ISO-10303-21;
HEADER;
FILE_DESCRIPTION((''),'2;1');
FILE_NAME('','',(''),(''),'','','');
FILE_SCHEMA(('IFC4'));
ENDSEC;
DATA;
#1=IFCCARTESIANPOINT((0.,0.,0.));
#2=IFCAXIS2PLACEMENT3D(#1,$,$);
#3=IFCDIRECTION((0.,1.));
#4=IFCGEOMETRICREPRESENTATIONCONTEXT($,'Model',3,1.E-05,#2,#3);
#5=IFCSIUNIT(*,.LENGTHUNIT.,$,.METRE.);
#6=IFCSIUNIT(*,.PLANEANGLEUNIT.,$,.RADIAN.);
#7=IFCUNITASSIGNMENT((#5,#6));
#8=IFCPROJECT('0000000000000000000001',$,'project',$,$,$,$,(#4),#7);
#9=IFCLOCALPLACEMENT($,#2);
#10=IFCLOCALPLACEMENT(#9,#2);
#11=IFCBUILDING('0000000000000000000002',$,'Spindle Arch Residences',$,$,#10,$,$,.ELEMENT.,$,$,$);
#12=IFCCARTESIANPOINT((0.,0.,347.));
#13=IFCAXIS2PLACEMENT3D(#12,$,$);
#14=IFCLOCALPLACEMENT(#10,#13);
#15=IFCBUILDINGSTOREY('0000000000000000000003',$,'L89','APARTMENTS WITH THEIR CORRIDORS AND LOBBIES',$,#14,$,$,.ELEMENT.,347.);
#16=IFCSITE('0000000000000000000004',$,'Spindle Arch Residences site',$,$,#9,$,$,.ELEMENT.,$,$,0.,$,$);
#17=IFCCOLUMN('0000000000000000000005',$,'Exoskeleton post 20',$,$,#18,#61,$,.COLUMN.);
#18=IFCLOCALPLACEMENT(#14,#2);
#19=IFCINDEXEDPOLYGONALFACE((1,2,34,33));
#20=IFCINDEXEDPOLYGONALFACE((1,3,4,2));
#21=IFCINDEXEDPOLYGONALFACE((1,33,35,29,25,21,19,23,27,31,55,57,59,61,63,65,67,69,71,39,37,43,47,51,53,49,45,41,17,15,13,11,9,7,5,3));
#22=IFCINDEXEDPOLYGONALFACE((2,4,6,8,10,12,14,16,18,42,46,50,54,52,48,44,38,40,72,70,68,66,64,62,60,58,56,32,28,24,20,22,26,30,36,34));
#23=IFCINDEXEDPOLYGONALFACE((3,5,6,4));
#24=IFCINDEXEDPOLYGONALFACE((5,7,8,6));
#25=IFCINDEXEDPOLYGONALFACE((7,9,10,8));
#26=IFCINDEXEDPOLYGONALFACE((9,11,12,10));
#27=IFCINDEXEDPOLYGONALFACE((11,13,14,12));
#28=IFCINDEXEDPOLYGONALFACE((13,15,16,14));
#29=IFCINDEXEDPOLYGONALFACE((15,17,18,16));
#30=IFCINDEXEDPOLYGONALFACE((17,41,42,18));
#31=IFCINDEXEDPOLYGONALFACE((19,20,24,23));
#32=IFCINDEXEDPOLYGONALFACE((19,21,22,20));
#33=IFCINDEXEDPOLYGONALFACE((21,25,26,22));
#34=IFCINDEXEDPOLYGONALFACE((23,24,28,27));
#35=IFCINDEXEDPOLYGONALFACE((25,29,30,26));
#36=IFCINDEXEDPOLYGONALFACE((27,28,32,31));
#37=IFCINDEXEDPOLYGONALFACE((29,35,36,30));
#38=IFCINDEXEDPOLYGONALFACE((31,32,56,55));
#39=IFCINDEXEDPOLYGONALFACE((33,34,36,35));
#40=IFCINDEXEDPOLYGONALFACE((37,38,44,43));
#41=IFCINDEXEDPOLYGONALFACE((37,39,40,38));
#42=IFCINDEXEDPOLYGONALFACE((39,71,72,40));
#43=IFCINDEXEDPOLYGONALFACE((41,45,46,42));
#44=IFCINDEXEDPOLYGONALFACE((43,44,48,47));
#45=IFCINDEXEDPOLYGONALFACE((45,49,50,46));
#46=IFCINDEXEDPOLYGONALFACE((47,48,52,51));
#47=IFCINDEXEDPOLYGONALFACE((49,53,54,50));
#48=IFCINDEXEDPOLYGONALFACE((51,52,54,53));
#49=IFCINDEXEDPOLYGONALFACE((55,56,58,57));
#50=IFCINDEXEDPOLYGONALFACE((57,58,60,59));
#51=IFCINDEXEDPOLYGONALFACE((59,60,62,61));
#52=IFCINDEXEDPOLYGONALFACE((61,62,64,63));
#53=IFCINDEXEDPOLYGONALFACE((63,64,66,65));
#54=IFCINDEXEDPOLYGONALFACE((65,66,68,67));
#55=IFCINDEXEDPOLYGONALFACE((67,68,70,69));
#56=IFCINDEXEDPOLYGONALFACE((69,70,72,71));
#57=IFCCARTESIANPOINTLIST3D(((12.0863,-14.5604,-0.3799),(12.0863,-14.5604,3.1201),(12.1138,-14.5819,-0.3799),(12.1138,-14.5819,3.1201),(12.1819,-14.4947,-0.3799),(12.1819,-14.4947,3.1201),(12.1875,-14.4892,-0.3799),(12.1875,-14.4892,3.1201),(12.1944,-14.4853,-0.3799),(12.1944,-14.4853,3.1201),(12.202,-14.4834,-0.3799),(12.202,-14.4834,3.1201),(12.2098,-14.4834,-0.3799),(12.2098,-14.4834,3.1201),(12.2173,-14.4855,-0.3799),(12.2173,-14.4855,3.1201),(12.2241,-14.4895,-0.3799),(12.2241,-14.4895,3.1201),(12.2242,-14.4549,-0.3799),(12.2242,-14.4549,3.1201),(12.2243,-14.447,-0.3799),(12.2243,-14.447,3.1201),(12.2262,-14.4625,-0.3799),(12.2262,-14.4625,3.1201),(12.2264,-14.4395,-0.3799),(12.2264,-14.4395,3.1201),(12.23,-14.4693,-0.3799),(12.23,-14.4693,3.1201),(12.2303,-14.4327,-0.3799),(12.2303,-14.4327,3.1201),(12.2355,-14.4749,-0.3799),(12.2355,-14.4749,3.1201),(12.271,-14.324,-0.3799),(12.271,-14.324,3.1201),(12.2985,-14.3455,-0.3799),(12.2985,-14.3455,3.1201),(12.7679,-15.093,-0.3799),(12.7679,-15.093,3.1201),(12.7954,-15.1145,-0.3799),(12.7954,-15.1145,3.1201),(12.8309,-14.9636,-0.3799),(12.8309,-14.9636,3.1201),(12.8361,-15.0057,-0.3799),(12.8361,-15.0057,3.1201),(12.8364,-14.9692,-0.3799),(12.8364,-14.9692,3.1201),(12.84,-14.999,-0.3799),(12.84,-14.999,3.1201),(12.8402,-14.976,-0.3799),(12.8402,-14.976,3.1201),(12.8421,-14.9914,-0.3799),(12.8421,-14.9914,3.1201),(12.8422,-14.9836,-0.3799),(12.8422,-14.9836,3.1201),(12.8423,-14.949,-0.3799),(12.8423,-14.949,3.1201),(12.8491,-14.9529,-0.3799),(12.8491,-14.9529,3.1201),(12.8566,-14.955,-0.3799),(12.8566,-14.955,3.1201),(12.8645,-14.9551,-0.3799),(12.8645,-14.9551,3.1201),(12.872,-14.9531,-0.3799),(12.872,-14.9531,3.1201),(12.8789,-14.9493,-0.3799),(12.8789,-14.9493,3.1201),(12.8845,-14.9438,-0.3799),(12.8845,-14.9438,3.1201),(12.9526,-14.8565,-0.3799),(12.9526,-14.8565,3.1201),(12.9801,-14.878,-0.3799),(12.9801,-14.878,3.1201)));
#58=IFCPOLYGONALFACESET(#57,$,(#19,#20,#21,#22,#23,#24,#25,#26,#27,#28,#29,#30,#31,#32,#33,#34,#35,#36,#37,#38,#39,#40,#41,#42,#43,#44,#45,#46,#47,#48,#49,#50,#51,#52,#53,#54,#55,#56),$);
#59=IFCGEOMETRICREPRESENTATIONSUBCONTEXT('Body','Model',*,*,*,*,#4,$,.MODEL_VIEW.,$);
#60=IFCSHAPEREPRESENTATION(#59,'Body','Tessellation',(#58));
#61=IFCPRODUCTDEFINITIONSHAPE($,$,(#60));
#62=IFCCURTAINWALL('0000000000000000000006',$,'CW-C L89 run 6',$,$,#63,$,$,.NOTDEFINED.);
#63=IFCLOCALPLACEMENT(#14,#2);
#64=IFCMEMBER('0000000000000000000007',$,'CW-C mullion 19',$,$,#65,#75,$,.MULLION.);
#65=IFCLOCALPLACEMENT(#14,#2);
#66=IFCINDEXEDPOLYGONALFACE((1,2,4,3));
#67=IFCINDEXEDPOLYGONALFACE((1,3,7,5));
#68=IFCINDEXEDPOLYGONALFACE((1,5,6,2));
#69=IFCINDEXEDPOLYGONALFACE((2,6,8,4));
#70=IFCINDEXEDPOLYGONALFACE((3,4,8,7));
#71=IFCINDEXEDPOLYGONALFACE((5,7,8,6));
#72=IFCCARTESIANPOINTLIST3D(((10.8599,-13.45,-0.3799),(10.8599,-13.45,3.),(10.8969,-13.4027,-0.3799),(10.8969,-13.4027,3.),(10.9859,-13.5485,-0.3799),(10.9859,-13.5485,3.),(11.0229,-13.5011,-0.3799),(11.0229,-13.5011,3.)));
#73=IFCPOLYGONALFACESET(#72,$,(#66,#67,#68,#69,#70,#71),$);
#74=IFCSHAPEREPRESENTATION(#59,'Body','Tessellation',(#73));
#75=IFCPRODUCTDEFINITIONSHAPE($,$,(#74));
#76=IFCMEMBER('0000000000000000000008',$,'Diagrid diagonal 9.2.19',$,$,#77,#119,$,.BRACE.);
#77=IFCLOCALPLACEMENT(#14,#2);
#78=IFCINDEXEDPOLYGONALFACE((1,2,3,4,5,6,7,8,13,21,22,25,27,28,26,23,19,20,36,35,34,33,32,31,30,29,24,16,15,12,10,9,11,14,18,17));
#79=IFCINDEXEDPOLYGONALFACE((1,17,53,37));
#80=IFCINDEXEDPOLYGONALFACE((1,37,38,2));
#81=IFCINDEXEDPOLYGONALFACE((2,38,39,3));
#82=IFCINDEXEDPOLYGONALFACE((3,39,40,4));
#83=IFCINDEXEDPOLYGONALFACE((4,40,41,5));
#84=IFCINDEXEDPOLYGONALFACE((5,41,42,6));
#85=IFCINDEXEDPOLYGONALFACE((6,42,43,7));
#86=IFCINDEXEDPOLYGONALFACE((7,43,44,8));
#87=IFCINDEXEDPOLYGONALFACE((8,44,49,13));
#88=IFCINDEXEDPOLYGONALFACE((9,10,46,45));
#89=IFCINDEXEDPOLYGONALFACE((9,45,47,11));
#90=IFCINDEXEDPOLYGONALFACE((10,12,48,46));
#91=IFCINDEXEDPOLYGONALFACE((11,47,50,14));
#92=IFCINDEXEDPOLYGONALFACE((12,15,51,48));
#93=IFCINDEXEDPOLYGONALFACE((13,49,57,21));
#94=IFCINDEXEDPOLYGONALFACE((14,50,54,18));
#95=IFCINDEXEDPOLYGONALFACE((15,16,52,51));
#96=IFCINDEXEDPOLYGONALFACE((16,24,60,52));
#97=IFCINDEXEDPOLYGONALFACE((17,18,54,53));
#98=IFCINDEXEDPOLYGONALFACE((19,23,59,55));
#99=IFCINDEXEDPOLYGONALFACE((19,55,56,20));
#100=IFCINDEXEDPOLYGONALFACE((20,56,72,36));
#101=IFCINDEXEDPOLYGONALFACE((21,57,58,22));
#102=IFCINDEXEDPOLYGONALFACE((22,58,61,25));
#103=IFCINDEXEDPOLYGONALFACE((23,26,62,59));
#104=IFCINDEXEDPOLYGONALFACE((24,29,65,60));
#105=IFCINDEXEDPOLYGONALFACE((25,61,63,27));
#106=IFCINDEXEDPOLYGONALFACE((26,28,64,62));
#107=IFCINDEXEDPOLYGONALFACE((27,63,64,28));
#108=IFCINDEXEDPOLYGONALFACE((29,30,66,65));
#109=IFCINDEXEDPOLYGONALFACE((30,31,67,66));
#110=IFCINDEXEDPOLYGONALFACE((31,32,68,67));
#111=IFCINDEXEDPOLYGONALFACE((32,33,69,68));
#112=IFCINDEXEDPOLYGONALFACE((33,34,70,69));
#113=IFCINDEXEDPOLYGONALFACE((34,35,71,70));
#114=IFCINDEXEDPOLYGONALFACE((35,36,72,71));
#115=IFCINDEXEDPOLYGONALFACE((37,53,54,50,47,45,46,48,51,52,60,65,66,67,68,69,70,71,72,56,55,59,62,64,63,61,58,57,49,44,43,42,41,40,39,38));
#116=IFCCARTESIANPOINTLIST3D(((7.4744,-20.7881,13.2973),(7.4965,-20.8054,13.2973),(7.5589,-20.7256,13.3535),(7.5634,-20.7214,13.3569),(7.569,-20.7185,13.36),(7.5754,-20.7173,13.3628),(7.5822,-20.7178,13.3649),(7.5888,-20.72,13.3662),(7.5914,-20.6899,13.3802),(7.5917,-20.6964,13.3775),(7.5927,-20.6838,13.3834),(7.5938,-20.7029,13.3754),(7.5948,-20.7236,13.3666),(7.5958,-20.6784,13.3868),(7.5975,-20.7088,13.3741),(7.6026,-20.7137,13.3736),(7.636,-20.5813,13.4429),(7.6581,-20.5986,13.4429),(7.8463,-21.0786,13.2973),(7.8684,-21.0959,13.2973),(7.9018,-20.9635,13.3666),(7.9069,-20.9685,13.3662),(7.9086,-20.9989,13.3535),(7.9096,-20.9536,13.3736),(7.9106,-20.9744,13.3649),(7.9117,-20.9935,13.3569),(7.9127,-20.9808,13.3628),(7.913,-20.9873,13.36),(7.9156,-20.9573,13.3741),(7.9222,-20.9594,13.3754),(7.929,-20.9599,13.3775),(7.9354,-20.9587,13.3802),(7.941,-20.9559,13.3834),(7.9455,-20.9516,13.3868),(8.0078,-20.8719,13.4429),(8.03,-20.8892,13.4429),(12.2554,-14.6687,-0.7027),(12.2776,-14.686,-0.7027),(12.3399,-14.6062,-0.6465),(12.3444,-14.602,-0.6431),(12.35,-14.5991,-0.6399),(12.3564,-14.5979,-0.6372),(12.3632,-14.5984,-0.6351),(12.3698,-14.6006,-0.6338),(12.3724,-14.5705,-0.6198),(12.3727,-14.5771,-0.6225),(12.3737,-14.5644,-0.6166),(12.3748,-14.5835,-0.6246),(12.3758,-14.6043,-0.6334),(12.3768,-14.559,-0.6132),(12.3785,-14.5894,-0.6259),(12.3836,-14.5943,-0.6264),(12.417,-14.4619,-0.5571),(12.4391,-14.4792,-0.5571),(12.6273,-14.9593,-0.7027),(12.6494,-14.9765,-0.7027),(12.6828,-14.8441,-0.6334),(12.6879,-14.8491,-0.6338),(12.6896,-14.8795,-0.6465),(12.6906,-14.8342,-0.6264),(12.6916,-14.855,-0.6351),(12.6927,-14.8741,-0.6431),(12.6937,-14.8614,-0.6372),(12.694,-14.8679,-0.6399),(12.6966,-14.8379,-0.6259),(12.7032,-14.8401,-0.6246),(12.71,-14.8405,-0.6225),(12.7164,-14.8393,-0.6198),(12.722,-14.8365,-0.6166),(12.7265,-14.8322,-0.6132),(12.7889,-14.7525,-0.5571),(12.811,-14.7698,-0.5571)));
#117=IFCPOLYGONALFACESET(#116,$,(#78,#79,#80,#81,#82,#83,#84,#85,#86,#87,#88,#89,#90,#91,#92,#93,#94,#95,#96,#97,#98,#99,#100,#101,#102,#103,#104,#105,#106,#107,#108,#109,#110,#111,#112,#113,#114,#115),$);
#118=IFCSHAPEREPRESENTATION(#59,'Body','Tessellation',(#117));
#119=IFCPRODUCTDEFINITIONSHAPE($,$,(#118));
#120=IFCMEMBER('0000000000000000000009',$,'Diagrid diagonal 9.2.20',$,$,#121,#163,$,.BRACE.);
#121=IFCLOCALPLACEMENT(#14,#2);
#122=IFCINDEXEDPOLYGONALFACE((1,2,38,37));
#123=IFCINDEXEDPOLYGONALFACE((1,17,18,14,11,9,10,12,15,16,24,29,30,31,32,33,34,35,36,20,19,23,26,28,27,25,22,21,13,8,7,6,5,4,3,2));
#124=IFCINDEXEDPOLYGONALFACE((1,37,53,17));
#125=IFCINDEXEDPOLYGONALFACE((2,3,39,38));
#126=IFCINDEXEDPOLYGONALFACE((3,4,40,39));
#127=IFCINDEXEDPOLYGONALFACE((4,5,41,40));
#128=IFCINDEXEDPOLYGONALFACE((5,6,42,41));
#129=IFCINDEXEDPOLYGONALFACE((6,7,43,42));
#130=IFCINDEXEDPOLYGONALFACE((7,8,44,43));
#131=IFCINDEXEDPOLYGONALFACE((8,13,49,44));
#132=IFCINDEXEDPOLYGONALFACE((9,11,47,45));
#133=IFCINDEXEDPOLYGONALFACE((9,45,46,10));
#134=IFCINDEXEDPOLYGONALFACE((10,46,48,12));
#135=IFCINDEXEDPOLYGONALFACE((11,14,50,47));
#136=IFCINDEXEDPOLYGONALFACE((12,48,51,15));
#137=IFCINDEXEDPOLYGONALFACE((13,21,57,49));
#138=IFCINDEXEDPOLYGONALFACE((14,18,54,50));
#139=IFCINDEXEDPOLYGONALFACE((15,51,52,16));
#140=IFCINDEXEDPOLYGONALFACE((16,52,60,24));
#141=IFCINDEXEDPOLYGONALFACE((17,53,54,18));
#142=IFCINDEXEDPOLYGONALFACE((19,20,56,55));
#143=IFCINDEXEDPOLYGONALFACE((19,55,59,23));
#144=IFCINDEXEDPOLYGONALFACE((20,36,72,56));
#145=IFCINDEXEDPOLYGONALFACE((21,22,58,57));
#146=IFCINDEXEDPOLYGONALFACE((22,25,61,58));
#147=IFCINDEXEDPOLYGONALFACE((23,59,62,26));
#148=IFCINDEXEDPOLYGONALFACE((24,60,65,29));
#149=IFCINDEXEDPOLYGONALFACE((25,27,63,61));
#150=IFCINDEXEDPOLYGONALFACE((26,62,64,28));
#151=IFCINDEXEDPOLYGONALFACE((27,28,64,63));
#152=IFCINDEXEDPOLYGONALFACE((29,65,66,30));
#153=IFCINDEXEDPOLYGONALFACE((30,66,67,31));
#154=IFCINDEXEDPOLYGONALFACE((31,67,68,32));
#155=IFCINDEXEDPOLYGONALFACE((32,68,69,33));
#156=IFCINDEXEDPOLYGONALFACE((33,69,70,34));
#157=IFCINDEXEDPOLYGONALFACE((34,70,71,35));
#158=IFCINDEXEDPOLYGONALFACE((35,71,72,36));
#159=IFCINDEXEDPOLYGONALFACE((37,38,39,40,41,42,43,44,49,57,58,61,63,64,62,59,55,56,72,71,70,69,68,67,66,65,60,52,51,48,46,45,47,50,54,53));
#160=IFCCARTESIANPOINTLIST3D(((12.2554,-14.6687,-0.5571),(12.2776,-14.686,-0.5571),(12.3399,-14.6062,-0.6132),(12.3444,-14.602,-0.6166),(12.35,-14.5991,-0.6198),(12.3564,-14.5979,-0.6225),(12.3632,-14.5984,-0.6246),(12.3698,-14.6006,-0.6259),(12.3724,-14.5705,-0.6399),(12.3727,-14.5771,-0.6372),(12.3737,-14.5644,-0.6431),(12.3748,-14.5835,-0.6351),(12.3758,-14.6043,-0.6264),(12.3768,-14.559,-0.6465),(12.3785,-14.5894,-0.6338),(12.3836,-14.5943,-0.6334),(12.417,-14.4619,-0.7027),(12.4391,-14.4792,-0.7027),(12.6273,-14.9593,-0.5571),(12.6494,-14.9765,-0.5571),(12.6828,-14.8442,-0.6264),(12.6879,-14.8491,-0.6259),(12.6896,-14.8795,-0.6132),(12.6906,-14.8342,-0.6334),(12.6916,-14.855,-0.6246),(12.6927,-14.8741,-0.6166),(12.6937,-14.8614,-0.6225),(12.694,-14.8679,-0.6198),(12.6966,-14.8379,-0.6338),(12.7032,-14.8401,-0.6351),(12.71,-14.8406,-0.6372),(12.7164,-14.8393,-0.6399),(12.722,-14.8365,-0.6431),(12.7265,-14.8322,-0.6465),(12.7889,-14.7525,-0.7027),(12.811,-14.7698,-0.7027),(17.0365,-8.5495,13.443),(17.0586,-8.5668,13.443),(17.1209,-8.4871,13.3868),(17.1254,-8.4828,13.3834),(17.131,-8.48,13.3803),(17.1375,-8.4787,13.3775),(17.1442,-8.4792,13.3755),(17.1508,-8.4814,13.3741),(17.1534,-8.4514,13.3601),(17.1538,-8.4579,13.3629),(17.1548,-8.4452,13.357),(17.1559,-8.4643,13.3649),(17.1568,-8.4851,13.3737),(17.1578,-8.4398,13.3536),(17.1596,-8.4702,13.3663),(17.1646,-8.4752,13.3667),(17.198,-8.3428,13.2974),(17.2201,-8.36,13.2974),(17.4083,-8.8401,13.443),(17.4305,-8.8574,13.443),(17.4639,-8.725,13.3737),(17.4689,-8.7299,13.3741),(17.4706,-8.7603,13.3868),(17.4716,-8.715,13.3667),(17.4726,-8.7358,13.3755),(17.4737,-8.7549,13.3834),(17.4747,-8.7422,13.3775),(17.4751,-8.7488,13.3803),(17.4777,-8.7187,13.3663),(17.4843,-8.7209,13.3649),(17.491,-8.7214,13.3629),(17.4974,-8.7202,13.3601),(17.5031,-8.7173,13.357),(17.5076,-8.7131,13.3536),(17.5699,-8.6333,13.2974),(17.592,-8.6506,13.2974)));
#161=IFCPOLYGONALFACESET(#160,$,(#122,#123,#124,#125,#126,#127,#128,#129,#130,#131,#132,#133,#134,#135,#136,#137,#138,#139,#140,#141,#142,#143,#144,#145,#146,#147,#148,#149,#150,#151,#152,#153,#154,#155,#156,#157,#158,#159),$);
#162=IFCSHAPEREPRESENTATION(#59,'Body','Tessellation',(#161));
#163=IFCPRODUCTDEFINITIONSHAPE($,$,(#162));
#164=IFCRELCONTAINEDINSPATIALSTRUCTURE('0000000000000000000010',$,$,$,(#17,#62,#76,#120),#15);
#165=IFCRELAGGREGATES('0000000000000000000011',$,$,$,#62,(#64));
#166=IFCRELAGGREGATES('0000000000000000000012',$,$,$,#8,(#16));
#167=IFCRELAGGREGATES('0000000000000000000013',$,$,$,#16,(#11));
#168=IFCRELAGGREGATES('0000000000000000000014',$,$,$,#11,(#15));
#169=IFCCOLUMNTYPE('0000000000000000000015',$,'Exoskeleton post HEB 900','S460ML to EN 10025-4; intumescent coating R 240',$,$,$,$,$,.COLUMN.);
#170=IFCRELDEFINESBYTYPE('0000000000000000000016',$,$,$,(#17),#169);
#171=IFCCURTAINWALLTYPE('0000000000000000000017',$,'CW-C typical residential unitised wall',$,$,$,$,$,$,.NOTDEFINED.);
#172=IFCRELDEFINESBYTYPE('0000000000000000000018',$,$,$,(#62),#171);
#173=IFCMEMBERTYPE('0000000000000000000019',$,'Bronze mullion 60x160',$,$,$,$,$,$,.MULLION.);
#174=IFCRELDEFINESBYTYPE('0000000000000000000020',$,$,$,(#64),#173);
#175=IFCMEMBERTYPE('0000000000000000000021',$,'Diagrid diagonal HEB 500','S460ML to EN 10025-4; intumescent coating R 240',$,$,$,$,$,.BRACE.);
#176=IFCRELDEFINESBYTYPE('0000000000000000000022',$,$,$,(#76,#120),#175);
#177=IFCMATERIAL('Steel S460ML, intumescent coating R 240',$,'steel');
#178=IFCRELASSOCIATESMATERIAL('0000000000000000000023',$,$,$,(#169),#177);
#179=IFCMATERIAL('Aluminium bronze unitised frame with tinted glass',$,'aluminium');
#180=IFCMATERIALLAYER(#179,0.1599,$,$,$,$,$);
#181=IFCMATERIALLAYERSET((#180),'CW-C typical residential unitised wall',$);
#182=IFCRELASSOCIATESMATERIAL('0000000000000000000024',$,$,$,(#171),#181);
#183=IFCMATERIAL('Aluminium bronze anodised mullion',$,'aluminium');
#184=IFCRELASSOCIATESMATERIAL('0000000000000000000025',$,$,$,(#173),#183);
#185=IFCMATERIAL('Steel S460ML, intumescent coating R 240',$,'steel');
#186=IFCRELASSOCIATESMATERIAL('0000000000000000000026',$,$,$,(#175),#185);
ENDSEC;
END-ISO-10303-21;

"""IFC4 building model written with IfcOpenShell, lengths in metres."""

from ifc_helpers import new_model, si_unit, direction, frame, origin, origin_2d, place, context, subcontext, project, spatial, rectangle, i_section, extrude, material, layer, layer_set, material_profile, profile_set, type_object, element, aggregate, save


model = new_model("IFC4")

# Units and contexts
model_context = context("Model", 3, precision=1e-05, world=origin(), true_north=direction((0.0, 1.0)))
body_context = subcontext(model_context, "Body", "Model", "MODEL_VIEW")
ifc_project = project(units=[si_unit("LENGTHUNIT", "METRE"), si_unit("PLANEANGLEUNIT", "RADIAN")], contexts=[model_context])

# Site, building, storey
site_placement = place(None, origin())
site = spatial("IfcSite", under=ifc_project, at=site_placement, Name="Spindle Arch Residences site", CompositionType="ELEMENT", RefElevation=0.0)
building_placement = place(site_placement, origin())
building = spatial("IfcBuilding", under=site, at=building_placement, Name="Spindle Arch Residences", CompositionType="ELEMENT")
storey_placement = place(building_placement, frame((0.0, 0.0, 347.0)))
storey = spatial("IfcBuildingStorey", under=building, at=storey_placement, Name="L89", Description="APARTMENTS WITH THEIR CORRIDORS AND LOBBIES", CompositionType="ELEMENT", Elevation=347.0)

# Column
ifc_material_1 = material(Name="Steel S460ML, intumescent coating R 240", Category="steel")
ifc_material_profile_1 = material_profile(ifc_material_1, i_section(OverallWidth=0.3, OverallDepth=0.8999, WebThickness=0.0186, FlangeThickness=0.0349, FilletRadius=0.03, at=origin_2d()), Name="HEB 900")
ifc_profile_set_1 = profile_set([ifc_material_profile_1], Name="Steel S460ML, intumescent coating R 240")
column_type = type_object("IfcColumnType", Name="Exoskeleton post HEB 900", Description="S460ML to EN 10025-4; intumescent coating R 240", PredefinedType="COLUMN", material=ifc_profile_set_1)
column_placement = place(storey_placement, frame((12.5332, -14.7192, -0.3799), z_axis=(0.0, 0.0, 1.0), x_axis=(-0.615661, -0.788011, 0.0)))
element("IfcColumn", 1, at=column_placement, inside=storey, type_object=column_type, Name="Exoskeleton post 20", PredefinedType="COLUMN", context=body_context, shape_type="SweptSolid", body=[
    extrude(i_section(OverallWidth=0.3, OverallDepth=0.8999, WebThickness=0.0186, FlangeThickness=0.0349, FilletRadius=0.03, at=origin_2d()), origin(), (0.0, 0.0, 1.0), 3.5),
])

# Curtain wall, member
ifc_material_2 = material(Name="Aluminium bronze unitised frame with tinted glass", Category="aluminium")
ifc_layer_1 = layer(ifc_material_2, 0.1599)
ifc_layer_set_1 = layer_set([ifc_layer_1], Name="CW-C typical residential unitised wall")
curtain_wall_type = type_object("IfcCurtainWallType", Name="CW-C typical residential unitised wall", PredefinedType="NOTDEFINED", material=ifc_layer_set_1)
curtain_wall_placement = place(storey_placement, origin())
curtain_wall = element("IfcCurtainWall", 2, at=curtain_wall_placement, inside=storey, type_object=curtain_wall_type, Name="CW-C L89 run 6", PredefinedType="NOTDEFINED")
ifc_material_3 = material(Name="Aluminium bronze anodised mullion", Category="aluminium")
ifc_material_profile_2 = material_profile(ifc_material_3, rectangle(XDim=0.1599, YDim=0.0601, at=origin_2d()), Name="MU 60x160")
ifc_profile_set_2 = profile_set([ifc_material_profile_2], Name="Aluminium bronze anodised mullion")
member_type_1 = type_object("IfcMemberType", Name="Bronze mullion 60x160", PredefinedType="MULLION", material=ifc_profile_set_2)
member_placement = place(storey_placement, frame((10.9414, -13.4756, -0.3799), z_axis=(0.0, 0.0, 1.0), x_axis=(-0.788011, 0.615661, 0.0)))
member = element("IfcMember", 3, at=member_placement, type_object=member_type_1, Name="CW-C mullion 19", PredefinedType="MULLION", context=body_context, shape_type="SweptSolid", body=[
    extrude(rectangle(XDim=0.1599, YDim=0.0601, at=origin_2d()), origin(), (0.0, 0.0, 1.0), 3.3799),
])

# Members
ifc_material_4 = material(Name="Steel S460ML, intumescent coating R 240", Category="steel")
ifc_material_profile_3 = material_profile(ifc_material_4, i_section(OverallWidth=0.3, OverallDepth=0.5, WebThickness=0.0144, FlangeThickness=0.0281, FilletRadius=0.0271, at=origin_2d()), Name="HEB 500")
ifc_profile_set_3 = profile_set([ifc_material_profile_3], Name="Steel S460ML, intumescent coating R 240")
member_type_2 = type_object("IfcMemberType", Name="Diagrid diagonal HEB 500", Description="S460ML to EN 10025-4; intumescent coating R 240", PredefinedType="BRACE", material=ifc_profile_set_3)
for number, where, z_axis, x_axis, name in (
    (4, (12.5332, -14.7192, -0.6299), (-0.298635, -0.382234, 0.874479), (0.538385, 0.689098, 0.485063), "Diagrid diagonal 9.2.19"),
    (5, (12.5332, -14.7192, -0.6299), (0.298637, 0.382221, 0.874485), (-0.538401, -0.689092, 0.485053), "Diagrid diagonal 9.2.20"),
):
    element("IfcMember", number, at=place(storey_placement, frame(where, z_axis=z_axis, x_axis=x_axis)), inside=storey, type_object=member_type_2, Name=name, PredefinedType="BRACE", context=body_context, shape_type="SweptSolid", body=[
        extrude(i_section(OverallWidth=0.3, OverallDepth=0.5, WebThickness=0.0144, FlangeThickness=0.0281, FilletRadius=0.0271, at=origin_2d()), origin(), (0.0, 0.0, 1.0), 16.0095),
    ])

aggregate(curtain_wall, [member])

save(model, "model.ifc")
